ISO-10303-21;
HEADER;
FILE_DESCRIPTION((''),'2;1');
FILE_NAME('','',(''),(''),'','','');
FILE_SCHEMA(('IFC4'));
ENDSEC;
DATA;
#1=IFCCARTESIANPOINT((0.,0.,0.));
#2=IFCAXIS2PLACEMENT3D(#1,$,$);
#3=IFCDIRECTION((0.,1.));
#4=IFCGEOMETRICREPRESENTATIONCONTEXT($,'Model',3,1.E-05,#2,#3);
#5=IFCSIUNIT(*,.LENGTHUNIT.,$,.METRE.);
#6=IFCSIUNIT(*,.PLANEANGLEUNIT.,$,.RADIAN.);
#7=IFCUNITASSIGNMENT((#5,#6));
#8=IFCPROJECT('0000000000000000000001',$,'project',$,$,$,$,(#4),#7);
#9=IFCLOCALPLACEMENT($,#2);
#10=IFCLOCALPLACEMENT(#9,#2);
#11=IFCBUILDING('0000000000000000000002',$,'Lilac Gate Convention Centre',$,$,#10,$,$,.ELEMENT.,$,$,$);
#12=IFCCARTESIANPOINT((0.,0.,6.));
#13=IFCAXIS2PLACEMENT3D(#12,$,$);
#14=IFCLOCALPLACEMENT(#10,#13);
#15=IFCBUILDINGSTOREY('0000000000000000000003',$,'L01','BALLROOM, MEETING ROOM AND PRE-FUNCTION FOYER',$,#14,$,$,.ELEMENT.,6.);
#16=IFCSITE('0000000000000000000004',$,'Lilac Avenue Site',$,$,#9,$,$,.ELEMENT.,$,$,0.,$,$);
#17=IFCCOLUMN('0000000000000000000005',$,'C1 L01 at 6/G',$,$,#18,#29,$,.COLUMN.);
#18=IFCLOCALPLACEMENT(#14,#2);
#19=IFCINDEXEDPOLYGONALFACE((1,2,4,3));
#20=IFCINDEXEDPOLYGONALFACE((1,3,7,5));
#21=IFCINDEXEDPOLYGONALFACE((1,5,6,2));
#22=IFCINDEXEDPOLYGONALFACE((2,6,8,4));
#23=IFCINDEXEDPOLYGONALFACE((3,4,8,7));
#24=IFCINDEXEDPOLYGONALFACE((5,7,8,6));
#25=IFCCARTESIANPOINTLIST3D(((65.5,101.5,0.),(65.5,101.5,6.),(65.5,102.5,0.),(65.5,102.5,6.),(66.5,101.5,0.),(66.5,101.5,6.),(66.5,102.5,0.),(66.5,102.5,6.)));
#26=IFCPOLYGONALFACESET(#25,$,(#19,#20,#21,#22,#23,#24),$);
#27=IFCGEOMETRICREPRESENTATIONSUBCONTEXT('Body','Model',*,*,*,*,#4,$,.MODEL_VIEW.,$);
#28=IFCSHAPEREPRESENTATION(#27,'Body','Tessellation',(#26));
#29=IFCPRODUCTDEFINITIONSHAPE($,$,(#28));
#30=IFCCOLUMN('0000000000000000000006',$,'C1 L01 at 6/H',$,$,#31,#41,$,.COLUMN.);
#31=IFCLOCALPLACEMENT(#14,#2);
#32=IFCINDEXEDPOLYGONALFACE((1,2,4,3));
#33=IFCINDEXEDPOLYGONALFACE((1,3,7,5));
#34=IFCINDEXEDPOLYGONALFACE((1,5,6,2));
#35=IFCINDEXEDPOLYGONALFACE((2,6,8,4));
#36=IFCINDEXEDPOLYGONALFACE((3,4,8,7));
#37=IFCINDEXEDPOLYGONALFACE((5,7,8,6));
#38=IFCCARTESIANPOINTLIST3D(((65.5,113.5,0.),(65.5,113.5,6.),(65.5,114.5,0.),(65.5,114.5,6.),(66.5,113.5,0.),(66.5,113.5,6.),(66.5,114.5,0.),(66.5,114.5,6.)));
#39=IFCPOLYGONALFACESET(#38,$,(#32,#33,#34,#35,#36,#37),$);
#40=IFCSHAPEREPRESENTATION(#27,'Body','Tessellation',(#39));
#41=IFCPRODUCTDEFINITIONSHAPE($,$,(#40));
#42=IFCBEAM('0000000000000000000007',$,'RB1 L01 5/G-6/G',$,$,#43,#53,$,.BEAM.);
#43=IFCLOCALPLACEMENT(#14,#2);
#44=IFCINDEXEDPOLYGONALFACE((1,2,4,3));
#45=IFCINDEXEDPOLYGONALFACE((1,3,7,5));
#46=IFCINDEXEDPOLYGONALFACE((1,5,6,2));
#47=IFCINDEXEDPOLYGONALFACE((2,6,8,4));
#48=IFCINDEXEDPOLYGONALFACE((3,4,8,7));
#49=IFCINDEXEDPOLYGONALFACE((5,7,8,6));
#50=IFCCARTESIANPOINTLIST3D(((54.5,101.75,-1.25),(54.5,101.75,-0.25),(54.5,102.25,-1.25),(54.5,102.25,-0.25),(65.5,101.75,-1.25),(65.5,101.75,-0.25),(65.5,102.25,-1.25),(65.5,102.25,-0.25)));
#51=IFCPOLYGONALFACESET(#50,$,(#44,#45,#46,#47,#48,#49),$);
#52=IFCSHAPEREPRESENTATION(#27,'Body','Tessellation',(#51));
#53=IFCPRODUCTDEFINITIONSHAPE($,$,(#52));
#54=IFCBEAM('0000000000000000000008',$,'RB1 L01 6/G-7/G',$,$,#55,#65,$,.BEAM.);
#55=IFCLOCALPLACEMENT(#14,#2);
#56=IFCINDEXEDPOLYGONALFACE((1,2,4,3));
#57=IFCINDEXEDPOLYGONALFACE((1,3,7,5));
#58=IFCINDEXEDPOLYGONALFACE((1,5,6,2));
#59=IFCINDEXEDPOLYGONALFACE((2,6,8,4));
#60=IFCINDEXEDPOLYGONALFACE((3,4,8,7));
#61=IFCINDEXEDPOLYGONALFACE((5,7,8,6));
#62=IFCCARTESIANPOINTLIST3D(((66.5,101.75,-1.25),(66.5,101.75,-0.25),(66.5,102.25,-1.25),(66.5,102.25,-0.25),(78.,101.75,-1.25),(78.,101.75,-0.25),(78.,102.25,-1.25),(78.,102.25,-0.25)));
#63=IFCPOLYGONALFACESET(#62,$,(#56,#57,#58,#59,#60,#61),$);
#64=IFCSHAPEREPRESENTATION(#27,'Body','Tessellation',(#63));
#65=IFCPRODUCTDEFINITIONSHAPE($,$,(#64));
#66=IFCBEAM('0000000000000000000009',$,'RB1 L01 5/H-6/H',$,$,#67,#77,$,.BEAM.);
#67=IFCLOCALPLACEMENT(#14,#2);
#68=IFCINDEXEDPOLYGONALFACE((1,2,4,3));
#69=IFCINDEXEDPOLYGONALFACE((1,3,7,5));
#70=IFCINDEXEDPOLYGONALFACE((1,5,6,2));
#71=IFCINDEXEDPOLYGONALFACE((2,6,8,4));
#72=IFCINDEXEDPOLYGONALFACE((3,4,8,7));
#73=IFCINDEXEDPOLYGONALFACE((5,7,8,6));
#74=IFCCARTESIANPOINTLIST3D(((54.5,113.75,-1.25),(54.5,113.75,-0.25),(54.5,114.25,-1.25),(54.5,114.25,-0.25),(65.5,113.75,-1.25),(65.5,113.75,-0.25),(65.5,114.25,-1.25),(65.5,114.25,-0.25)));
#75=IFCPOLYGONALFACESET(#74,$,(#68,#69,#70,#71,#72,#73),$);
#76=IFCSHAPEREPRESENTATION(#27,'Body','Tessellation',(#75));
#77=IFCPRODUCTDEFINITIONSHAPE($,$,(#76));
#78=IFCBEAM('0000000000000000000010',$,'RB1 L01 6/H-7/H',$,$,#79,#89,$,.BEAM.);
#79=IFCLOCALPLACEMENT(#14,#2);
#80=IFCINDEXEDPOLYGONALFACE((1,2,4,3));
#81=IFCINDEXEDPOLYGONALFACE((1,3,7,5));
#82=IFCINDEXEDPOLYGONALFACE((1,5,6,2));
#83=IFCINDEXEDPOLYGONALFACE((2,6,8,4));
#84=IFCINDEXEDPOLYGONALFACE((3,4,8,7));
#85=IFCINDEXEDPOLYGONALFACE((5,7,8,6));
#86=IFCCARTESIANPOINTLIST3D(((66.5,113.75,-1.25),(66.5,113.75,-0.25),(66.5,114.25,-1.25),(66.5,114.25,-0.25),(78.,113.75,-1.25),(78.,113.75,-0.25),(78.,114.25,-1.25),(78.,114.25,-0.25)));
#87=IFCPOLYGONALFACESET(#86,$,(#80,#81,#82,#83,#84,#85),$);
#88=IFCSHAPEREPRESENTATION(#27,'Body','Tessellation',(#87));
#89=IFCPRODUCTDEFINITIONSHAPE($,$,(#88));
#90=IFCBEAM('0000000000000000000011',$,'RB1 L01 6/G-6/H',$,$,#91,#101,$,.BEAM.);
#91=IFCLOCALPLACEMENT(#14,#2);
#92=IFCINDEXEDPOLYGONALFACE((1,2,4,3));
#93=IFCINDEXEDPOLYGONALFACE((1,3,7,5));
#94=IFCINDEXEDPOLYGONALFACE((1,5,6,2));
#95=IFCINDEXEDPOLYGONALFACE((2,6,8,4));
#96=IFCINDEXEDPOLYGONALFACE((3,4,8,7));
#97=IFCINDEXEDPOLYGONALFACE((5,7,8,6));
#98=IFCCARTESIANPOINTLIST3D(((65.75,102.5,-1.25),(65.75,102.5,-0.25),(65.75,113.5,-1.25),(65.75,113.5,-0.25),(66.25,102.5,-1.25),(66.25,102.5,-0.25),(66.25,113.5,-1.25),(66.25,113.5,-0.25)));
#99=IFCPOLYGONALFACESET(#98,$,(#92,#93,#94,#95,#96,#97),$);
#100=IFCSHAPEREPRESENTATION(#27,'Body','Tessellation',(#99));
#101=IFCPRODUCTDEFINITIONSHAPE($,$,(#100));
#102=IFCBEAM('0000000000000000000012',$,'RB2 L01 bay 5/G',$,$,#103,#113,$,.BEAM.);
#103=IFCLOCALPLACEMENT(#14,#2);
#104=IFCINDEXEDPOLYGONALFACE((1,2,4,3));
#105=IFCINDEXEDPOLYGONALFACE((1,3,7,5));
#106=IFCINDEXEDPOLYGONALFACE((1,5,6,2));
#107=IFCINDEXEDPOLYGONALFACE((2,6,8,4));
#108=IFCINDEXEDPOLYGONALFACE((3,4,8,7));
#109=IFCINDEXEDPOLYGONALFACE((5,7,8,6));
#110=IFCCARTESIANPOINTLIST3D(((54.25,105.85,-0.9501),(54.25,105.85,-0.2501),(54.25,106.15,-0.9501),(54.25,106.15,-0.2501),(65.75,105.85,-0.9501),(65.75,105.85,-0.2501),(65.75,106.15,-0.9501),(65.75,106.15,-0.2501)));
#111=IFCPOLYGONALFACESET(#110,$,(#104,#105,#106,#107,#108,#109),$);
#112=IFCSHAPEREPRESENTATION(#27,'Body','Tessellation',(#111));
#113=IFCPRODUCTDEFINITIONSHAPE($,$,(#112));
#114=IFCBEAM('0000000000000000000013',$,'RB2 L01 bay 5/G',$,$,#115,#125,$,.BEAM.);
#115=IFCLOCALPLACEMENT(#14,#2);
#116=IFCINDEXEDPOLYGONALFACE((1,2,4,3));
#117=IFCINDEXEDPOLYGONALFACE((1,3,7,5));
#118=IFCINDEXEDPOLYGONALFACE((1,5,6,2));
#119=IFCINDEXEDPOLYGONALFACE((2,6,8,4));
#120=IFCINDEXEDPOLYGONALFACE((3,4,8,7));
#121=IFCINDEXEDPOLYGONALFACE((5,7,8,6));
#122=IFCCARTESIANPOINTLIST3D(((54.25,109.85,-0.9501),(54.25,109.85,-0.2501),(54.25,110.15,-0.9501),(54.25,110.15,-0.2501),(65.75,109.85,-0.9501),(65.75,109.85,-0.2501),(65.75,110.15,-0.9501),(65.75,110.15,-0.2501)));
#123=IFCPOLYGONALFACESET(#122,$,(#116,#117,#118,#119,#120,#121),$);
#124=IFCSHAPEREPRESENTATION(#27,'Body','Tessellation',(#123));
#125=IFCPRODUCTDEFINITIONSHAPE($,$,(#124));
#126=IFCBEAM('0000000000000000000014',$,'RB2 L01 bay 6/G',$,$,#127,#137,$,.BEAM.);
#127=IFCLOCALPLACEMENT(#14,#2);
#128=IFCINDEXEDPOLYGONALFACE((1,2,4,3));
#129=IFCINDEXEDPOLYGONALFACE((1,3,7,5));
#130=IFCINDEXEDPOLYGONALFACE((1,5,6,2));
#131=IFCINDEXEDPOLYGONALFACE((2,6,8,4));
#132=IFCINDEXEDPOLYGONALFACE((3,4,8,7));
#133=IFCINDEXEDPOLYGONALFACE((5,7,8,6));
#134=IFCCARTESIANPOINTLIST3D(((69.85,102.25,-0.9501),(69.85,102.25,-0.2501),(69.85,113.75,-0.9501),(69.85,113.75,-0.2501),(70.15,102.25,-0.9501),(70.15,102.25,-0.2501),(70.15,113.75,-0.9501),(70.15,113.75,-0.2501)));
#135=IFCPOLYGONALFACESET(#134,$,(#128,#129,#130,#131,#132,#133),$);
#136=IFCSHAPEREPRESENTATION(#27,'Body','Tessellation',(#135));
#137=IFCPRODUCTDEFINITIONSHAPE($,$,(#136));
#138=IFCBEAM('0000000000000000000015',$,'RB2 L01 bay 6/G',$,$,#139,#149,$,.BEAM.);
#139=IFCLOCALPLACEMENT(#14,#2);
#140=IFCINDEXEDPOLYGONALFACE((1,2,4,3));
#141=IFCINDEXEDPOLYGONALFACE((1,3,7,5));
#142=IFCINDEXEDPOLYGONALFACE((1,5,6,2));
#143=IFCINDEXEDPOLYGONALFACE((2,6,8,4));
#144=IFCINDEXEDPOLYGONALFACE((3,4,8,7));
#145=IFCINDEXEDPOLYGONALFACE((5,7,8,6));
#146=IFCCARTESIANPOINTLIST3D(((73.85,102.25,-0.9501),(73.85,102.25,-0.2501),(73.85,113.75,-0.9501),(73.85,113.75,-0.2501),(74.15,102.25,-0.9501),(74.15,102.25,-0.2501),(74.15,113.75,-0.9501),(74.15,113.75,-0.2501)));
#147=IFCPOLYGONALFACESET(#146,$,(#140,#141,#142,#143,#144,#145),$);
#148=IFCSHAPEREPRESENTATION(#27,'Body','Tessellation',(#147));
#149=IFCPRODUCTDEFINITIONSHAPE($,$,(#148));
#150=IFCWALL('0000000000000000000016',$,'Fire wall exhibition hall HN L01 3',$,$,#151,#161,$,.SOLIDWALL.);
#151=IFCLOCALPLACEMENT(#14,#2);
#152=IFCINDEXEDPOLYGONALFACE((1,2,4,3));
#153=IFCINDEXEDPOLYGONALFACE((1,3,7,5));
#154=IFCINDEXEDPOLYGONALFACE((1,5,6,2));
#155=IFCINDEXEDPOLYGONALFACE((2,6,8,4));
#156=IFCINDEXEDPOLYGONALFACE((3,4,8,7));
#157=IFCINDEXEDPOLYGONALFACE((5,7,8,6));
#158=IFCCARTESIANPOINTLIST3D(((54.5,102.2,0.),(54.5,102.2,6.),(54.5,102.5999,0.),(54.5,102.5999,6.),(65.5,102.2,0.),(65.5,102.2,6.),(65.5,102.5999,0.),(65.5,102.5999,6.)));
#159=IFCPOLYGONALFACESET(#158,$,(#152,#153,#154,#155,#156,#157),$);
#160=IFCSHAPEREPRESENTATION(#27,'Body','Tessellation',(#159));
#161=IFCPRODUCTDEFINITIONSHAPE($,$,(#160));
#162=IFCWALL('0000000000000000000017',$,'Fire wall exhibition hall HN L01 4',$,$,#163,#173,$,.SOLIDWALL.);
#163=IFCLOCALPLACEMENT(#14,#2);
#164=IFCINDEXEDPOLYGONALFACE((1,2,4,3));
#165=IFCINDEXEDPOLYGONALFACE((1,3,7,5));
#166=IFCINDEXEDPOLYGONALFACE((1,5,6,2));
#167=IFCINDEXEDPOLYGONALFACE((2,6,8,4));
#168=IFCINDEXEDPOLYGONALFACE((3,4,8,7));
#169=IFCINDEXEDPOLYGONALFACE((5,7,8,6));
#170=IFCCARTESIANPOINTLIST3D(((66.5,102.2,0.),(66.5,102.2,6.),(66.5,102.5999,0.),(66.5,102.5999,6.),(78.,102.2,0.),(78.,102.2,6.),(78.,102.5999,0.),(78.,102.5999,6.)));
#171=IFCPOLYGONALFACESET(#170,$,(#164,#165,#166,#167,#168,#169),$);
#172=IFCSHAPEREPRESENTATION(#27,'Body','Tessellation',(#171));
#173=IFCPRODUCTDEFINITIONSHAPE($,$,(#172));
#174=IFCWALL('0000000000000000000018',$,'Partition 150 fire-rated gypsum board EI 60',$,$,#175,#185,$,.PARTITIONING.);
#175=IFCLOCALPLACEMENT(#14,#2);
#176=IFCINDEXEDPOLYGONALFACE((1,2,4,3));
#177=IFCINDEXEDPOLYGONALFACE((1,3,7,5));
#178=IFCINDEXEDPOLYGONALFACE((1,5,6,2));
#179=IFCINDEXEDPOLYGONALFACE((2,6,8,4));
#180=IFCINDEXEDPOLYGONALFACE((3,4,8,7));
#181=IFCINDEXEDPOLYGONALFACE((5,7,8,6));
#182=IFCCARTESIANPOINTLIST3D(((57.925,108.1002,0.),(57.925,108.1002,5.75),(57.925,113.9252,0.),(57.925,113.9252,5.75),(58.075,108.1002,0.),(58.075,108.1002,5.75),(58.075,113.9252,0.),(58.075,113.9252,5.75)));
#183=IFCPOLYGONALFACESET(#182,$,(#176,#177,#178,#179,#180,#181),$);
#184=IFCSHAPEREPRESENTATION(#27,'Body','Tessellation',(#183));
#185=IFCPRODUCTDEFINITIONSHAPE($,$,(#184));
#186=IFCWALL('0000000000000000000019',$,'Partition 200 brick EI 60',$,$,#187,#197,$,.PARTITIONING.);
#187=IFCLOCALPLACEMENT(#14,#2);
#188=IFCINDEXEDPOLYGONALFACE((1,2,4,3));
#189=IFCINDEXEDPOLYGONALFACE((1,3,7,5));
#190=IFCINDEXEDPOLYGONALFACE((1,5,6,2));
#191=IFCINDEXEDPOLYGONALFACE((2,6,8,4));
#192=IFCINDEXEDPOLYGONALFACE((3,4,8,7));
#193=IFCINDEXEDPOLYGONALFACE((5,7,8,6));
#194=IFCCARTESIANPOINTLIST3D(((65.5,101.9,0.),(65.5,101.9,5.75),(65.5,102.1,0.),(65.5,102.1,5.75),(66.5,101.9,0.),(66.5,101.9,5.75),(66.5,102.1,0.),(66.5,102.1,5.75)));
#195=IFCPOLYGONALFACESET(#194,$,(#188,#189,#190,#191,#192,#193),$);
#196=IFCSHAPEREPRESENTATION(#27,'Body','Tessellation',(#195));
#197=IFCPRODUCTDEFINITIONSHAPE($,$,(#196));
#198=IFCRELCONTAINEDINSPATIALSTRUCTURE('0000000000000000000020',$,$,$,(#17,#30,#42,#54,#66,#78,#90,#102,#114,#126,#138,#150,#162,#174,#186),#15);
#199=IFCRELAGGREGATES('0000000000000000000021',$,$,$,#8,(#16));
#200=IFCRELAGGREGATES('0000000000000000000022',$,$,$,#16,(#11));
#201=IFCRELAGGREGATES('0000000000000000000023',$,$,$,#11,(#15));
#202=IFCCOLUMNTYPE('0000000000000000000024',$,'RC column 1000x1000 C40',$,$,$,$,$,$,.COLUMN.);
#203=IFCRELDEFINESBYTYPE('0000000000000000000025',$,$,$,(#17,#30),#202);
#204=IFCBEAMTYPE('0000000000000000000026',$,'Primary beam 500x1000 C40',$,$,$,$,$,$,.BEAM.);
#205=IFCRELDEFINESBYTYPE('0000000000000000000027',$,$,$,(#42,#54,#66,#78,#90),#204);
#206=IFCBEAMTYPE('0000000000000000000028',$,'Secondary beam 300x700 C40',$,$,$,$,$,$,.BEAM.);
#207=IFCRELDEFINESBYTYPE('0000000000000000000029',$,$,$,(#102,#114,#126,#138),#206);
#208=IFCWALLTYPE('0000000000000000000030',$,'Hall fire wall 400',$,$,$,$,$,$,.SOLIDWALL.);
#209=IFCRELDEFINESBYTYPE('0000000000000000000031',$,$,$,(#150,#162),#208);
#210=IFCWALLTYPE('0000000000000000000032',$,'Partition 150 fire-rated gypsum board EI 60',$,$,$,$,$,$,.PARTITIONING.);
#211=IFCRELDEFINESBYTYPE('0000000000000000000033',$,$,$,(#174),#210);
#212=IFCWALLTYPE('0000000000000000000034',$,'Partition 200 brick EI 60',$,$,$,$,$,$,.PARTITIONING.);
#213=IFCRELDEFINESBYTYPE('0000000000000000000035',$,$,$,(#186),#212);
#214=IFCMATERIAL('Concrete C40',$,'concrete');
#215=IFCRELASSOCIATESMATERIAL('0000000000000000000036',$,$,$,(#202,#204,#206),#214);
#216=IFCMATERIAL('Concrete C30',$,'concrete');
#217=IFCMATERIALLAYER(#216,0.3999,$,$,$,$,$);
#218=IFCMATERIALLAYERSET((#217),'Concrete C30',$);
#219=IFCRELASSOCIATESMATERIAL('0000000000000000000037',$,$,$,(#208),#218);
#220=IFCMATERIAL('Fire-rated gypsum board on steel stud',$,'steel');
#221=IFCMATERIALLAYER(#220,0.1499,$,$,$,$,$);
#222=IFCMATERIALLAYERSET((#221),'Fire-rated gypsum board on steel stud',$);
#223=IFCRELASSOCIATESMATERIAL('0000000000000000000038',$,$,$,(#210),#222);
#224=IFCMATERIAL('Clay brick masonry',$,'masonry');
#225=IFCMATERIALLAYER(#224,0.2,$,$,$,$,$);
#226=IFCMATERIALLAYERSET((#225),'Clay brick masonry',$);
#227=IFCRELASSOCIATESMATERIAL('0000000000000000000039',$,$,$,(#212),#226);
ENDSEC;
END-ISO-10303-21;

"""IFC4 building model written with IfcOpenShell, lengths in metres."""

from ifc_helpers import new_model, si_unit, direction, frame, frame_2d, origin, origin_2d, place, context, subcontext, project, spatial, rectangle, extrude, material, layer, layer_set, material_profile, profile_set, type_object, element, save


model = new_model("IFC4")

# Units and contexts
model_context = context("Model", 3, precision=1e-05, world=origin(), true_north=direction((0.0, 1.0)))
body_context = subcontext(model_context, "Body", "Model", "MODEL_VIEW")
ifc_project = project(units=[si_unit("LENGTHUNIT", "METRE"), si_unit("PLANEANGLEUNIT", "RADIAN")], contexts=[model_context])

# Site, building, storey
site_placement = place(None, origin())
site = spatial("IfcSite", under=ifc_project, at=site_placement, Name="Lilac Avenue Site", CompositionType="ELEMENT", RefElevation=0.0)
building_placement = place(site_placement, origin())
building = spatial("IfcBuilding", under=site, at=building_placement, Name="Lilac Gate Convention Centre", CompositionType="ELEMENT")
storey_placement = place(building_placement, frame((0.0, 0.0, 6.0)))
storey = spatial("IfcBuildingStorey", under=building, at=storey_placement, Name="L01", Description="BALLROOM, MEETING ROOM AND PRE-FUNCTION FOYER", CompositionType="ELEMENT", Elevation=6.0)

# Columns
ifc_material_1 = material(Name="Concrete C40", Category="concrete")
ifc_material_profile_1 = material_profile(ifc_material_1, rectangle(XDim=1.0, YDim=1.0, at=origin_2d()), Name="RC 1000x1000")
ifc_profile_set_1 = profile_set([ifc_material_profile_1], Name="Concrete C40")
column_type = type_object("IfcColumnType", Name="RC column 1000x1000 C40", PredefinedType="COLUMN", material=ifc_profile_set_1)
for number, where, z_axis, x_axis, name in (
    (1, (66.0, 102.0, 0.0), (0.0, 0.0, 1.0), (1.0, 0.0, 0.0), "C1 L01 at 6/G"),
    (2, (66.0, 114.0, 0.0), (0.0, 0.0, 1.0), (1.0, 0.0, 0.0), "C1 L01 at 6/H"),
):
    element("IfcColumn", number, at=place(storey_placement, frame(where, z_axis=z_axis, x_axis=x_axis)), inside=storey, type_object=column_type, Name=name, PredefinedType="COLUMN", context=body_context, shape_type="SweptSolid", body=[
        extrude(rectangle(XDim=1.0, YDim=1.0, at=origin_2d()), origin(), (0.0, 0.0, 1.0), 6.0),
    ])

# Beams
ifc_material_profile_2 = material_profile(ifc_material_1, rectangle(XDim=0.5, YDim=1.0, at=origin_2d()), Name="RC 500x1000")
ifc_profile_set_2 = profile_set([ifc_material_profile_2], Name="Concrete C40")
beam_type_1 = type_object("IfcBeamType", Name="Primary beam 500x1000 C40", PredefinedType="BEAM", material=ifc_profile_set_2)
beam_1_placement = place(storey_placement, frame((54.5, 102.0, -0.75), z_axis=(1.0, 0.0, 0.0), x_axis=(0.0, 1.0, 0.0)))
element("IfcBeam", 3, at=beam_1_placement, inside=storey, type_object=beam_type_1, Name="RB1 L01 5/G-6/G", PredefinedType="BEAM", context=body_context, shape_type="SweptSolid", body=[
    extrude(rectangle(XDim=0.5, YDim=1.0, at=origin_2d()), origin(), (0.0, 0.0, 1.0), 11.0),
])
beam_2_placement = place(storey_placement, frame((66.5, 102.0, -0.75), z_axis=(1.0, 0.0, 0.0), x_axis=(0.0, 1.0, 0.0)))
element("IfcBeam", 4, at=beam_2_placement, inside=storey, type_object=beam_type_1, Name="RB1 L01 6/G-7/G", PredefinedType="BEAM", context=body_context, shape_type="SweptSolid", body=[
    extrude(rectangle(XDim=0.5, YDim=1.0, at=origin_2d()), origin(), (0.0, 0.0, 1.0), 11.5),
])
beam_3_placement = place(storey_placement, frame((54.5, 114.0, -0.75), z_axis=(1.0, 0.0, 0.0), x_axis=(0.0, 1.0, 0.0)))
element("IfcBeam", 5, at=beam_3_placement, inside=storey, type_object=beam_type_1, Name="RB1 L01 5/H-6/H", PredefinedType="BEAM", context=body_context, shape_type="SweptSolid", body=[
    extrude(rectangle(XDim=0.5, YDim=1.0, at=origin_2d()), origin(), (0.0, 0.0, 1.0), 11.0),
])
beam_4_placement = place(storey_placement, frame((66.5, 114.0, -0.75), z_axis=(1.0, 0.0, 0.0), x_axis=(0.0, 1.0, 0.0)))
element("IfcBeam", 6, at=beam_4_placement, inside=storey, type_object=beam_type_1, Name="RB1 L01 6/H-7/H", PredefinedType="BEAM", context=body_context, shape_type="SweptSolid", body=[
    extrude(rectangle(XDim=0.5, YDim=1.0, at=origin_2d()), origin(), (0.0, 0.0, 1.0), 11.5),
])
beam_5_placement = place(storey_placement, frame((66.0, 102.5, -0.75), z_axis=(0.0, 1.0, 0.0), x_axis=(-1.0, 0.0, 0.0)))
element("IfcBeam", 7, at=beam_5_placement, inside=storey, type_object=beam_type_1, Name="RB1 L01 6/G-6/H", PredefinedType="BEAM", context=body_context, shape_type="SweptSolid", body=[
    extrude(rectangle(XDim=0.5, YDim=1.0, at=origin_2d()), origin(), (0.0, 0.0, 1.0), 11.0),
])
ifc_material_profile_3 = material_profile(ifc_material_1, rectangle(XDim=0.3, YDim=0.7, at=origin_2d()), Name="RC 300x700")
ifc_profile_set_3 = profile_set([ifc_material_profile_3], Name="Concrete C40")
beam_type_2 = type_object("IfcBeamType", Name="Secondary beam 300x700 C40", PredefinedType="BEAM", material=ifc_profile_set_3)
for number, where, z_axis, x_axis, name in (
    (8, (54.25, 106.0, -0.6001), (1.0, 0.0, 0.0), (0.0, 1.0, 0.0), "RB2 L01 bay 5/G"),
    (9, (54.25, 110.0, -0.6001), (1.0, 0.0, 0.0), (0.0, 1.0, 0.0), "RB2 L01 bay 5/G"),
    (10, (70.0, 102.25, -0.6001), (0.0, 1.0, 0.0), (-1.0, 0.0, 0.0), "RB2 L01 bay 6/G"),
    (11, (74.0, 102.25, -0.6001), (0.0, 1.0, 0.0), (-1.0, 0.0, 0.0), "RB2 L01 bay 6/G"),
):
    element("IfcBeam", number, at=place(storey_placement, frame(where, z_axis=z_axis, x_axis=x_axis)), inside=storey, type_object=beam_type_2, Name=name, PredefinedType="BEAM", context=body_context, shape_type="SweptSolid", body=[
        extrude(rectangle(XDim=0.3, YDim=0.7, at=origin_2d()), origin(), (0.0, 0.0, 1.0), 11.5),
    ])

# Walls
ifc_material_2 = material(Name="Concrete C30", Category="concrete")
ifc_layer_1 = layer(ifc_material_2, 0.3999)
ifc_layer_set_1 = layer_set([ifc_layer_1], Name="Concrete C30")
wall_type_1 = type_object("IfcWallType", Name="Hall fire wall 400", PredefinedType="SOLIDWALL", material=ifc_layer_set_1)
wall_1_placement = place(storey_placement, frame((54.5, 102.3999, 0.0), z_axis=(0.0, 0.0, 1.0), x_axis=(1.0, 0.0, 0.0)))
element("IfcWall", 12, at=wall_1_placement, inside=storey, type_object=wall_type_1, Name="Fire wall exhibition hall HN L01 3", PredefinedType="SOLIDWALL", context=body_context, shape_type="SweptSolid", body=[
    extrude(rectangle(XDim=11.0, YDim=0.3999, at=frame_2d((5.5, 0.0))), origin(), (0.0, 0.0, 1.0), 6.0),
])
wall_2_placement = place(storey_placement, frame((66.5, 102.3999, 0.0), z_axis=(0.0, 0.0, 1.0), x_axis=(1.0, 0.0, 0.0)))
element("IfcWall", 13, at=wall_2_placement, inside=storey, type_object=wall_type_1, Name="Fire wall exhibition hall HN L01 4", PredefinedType="SOLIDWALL", context=body_context, shape_type="SweptSolid", body=[
    extrude(rectangle(XDim=11.5, YDim=0.3999, at=frame_2d((5.75, 0.0))), origin(), (0.0, 0.0, 1.0), 6.0),
])
ifc_material_3 = material(Name="Fire-rated gypsum board on steel stud", Category="steel")
ifc_layer_2 = layer(ifc_material_3, 0.1499)
ifc_layer_set_2 = layer_set([ifc_layer_2], Name="Fire-rated gypsum board on steel stud")
wall_type_2 = type_object("IfcWallType", Name="Partition 150 fire-rated gypsum board EI 60", PredefinedType="PARTITIONING", material=ifc_layer_set_2)
wall_3_placement = place(storey_placement, frame((58.0, 108.1001, 0.0), z_axis=(0.0, 0.0, 1.0), x_axis=(0.0, 1.0, 0.0)))
element("IfcWall", 14, at=wall_3_placement, inside=storey, type_object=wall_type_2, Name="Partition 150 fire-rated gypsum board EI 60", PredefinedType="PARTITIONING", context=body_context, shape_type="SweptSolid", body=[
    extrude(rectangle(XDim=5.825, YDim=0.1499, at=frame_2d((2.9126, 0.0))), origin(), (0.0, 0.0, 1.0), 5.75),
])
ifc_material_4 = material(Name="Clay brick masonry", Category="masonry")
ifc_layer_3 = layer(ifc_material_4, 0.2)
ifc_layer_set_3 = layer_set([ifc_layer_3], Name="Clay brick masonry")
wall_type_3 = type_object("IfcWallType", Name="Partition 200 brick EI 60", PredefinedType="PARTITIONING", material=ifc_layer_set_3)
wall_4_placement = place(storey_placement, frame((65.5, 102.0, 0.0), z_axis=(0.0, 0.0, 1.0), x_axis=(1.0, 0.0, 0.0)))
element("IfcWall", 15, at=wall_4_placement, inside=storey, type_object=wall_type_3, Name="Partition 200 brick EI 60", PredefinedType="PARTITIONING", context=body_context, shape_type="SweptSolid", body=[
    extrude(rectangle(XDim=1.0, YDim=0.2, at=frame_2d((0.5, 0.0))), origin(), (0.0, 0.0, 1.0), 5.75),
])

save(model, "model.ifc")
